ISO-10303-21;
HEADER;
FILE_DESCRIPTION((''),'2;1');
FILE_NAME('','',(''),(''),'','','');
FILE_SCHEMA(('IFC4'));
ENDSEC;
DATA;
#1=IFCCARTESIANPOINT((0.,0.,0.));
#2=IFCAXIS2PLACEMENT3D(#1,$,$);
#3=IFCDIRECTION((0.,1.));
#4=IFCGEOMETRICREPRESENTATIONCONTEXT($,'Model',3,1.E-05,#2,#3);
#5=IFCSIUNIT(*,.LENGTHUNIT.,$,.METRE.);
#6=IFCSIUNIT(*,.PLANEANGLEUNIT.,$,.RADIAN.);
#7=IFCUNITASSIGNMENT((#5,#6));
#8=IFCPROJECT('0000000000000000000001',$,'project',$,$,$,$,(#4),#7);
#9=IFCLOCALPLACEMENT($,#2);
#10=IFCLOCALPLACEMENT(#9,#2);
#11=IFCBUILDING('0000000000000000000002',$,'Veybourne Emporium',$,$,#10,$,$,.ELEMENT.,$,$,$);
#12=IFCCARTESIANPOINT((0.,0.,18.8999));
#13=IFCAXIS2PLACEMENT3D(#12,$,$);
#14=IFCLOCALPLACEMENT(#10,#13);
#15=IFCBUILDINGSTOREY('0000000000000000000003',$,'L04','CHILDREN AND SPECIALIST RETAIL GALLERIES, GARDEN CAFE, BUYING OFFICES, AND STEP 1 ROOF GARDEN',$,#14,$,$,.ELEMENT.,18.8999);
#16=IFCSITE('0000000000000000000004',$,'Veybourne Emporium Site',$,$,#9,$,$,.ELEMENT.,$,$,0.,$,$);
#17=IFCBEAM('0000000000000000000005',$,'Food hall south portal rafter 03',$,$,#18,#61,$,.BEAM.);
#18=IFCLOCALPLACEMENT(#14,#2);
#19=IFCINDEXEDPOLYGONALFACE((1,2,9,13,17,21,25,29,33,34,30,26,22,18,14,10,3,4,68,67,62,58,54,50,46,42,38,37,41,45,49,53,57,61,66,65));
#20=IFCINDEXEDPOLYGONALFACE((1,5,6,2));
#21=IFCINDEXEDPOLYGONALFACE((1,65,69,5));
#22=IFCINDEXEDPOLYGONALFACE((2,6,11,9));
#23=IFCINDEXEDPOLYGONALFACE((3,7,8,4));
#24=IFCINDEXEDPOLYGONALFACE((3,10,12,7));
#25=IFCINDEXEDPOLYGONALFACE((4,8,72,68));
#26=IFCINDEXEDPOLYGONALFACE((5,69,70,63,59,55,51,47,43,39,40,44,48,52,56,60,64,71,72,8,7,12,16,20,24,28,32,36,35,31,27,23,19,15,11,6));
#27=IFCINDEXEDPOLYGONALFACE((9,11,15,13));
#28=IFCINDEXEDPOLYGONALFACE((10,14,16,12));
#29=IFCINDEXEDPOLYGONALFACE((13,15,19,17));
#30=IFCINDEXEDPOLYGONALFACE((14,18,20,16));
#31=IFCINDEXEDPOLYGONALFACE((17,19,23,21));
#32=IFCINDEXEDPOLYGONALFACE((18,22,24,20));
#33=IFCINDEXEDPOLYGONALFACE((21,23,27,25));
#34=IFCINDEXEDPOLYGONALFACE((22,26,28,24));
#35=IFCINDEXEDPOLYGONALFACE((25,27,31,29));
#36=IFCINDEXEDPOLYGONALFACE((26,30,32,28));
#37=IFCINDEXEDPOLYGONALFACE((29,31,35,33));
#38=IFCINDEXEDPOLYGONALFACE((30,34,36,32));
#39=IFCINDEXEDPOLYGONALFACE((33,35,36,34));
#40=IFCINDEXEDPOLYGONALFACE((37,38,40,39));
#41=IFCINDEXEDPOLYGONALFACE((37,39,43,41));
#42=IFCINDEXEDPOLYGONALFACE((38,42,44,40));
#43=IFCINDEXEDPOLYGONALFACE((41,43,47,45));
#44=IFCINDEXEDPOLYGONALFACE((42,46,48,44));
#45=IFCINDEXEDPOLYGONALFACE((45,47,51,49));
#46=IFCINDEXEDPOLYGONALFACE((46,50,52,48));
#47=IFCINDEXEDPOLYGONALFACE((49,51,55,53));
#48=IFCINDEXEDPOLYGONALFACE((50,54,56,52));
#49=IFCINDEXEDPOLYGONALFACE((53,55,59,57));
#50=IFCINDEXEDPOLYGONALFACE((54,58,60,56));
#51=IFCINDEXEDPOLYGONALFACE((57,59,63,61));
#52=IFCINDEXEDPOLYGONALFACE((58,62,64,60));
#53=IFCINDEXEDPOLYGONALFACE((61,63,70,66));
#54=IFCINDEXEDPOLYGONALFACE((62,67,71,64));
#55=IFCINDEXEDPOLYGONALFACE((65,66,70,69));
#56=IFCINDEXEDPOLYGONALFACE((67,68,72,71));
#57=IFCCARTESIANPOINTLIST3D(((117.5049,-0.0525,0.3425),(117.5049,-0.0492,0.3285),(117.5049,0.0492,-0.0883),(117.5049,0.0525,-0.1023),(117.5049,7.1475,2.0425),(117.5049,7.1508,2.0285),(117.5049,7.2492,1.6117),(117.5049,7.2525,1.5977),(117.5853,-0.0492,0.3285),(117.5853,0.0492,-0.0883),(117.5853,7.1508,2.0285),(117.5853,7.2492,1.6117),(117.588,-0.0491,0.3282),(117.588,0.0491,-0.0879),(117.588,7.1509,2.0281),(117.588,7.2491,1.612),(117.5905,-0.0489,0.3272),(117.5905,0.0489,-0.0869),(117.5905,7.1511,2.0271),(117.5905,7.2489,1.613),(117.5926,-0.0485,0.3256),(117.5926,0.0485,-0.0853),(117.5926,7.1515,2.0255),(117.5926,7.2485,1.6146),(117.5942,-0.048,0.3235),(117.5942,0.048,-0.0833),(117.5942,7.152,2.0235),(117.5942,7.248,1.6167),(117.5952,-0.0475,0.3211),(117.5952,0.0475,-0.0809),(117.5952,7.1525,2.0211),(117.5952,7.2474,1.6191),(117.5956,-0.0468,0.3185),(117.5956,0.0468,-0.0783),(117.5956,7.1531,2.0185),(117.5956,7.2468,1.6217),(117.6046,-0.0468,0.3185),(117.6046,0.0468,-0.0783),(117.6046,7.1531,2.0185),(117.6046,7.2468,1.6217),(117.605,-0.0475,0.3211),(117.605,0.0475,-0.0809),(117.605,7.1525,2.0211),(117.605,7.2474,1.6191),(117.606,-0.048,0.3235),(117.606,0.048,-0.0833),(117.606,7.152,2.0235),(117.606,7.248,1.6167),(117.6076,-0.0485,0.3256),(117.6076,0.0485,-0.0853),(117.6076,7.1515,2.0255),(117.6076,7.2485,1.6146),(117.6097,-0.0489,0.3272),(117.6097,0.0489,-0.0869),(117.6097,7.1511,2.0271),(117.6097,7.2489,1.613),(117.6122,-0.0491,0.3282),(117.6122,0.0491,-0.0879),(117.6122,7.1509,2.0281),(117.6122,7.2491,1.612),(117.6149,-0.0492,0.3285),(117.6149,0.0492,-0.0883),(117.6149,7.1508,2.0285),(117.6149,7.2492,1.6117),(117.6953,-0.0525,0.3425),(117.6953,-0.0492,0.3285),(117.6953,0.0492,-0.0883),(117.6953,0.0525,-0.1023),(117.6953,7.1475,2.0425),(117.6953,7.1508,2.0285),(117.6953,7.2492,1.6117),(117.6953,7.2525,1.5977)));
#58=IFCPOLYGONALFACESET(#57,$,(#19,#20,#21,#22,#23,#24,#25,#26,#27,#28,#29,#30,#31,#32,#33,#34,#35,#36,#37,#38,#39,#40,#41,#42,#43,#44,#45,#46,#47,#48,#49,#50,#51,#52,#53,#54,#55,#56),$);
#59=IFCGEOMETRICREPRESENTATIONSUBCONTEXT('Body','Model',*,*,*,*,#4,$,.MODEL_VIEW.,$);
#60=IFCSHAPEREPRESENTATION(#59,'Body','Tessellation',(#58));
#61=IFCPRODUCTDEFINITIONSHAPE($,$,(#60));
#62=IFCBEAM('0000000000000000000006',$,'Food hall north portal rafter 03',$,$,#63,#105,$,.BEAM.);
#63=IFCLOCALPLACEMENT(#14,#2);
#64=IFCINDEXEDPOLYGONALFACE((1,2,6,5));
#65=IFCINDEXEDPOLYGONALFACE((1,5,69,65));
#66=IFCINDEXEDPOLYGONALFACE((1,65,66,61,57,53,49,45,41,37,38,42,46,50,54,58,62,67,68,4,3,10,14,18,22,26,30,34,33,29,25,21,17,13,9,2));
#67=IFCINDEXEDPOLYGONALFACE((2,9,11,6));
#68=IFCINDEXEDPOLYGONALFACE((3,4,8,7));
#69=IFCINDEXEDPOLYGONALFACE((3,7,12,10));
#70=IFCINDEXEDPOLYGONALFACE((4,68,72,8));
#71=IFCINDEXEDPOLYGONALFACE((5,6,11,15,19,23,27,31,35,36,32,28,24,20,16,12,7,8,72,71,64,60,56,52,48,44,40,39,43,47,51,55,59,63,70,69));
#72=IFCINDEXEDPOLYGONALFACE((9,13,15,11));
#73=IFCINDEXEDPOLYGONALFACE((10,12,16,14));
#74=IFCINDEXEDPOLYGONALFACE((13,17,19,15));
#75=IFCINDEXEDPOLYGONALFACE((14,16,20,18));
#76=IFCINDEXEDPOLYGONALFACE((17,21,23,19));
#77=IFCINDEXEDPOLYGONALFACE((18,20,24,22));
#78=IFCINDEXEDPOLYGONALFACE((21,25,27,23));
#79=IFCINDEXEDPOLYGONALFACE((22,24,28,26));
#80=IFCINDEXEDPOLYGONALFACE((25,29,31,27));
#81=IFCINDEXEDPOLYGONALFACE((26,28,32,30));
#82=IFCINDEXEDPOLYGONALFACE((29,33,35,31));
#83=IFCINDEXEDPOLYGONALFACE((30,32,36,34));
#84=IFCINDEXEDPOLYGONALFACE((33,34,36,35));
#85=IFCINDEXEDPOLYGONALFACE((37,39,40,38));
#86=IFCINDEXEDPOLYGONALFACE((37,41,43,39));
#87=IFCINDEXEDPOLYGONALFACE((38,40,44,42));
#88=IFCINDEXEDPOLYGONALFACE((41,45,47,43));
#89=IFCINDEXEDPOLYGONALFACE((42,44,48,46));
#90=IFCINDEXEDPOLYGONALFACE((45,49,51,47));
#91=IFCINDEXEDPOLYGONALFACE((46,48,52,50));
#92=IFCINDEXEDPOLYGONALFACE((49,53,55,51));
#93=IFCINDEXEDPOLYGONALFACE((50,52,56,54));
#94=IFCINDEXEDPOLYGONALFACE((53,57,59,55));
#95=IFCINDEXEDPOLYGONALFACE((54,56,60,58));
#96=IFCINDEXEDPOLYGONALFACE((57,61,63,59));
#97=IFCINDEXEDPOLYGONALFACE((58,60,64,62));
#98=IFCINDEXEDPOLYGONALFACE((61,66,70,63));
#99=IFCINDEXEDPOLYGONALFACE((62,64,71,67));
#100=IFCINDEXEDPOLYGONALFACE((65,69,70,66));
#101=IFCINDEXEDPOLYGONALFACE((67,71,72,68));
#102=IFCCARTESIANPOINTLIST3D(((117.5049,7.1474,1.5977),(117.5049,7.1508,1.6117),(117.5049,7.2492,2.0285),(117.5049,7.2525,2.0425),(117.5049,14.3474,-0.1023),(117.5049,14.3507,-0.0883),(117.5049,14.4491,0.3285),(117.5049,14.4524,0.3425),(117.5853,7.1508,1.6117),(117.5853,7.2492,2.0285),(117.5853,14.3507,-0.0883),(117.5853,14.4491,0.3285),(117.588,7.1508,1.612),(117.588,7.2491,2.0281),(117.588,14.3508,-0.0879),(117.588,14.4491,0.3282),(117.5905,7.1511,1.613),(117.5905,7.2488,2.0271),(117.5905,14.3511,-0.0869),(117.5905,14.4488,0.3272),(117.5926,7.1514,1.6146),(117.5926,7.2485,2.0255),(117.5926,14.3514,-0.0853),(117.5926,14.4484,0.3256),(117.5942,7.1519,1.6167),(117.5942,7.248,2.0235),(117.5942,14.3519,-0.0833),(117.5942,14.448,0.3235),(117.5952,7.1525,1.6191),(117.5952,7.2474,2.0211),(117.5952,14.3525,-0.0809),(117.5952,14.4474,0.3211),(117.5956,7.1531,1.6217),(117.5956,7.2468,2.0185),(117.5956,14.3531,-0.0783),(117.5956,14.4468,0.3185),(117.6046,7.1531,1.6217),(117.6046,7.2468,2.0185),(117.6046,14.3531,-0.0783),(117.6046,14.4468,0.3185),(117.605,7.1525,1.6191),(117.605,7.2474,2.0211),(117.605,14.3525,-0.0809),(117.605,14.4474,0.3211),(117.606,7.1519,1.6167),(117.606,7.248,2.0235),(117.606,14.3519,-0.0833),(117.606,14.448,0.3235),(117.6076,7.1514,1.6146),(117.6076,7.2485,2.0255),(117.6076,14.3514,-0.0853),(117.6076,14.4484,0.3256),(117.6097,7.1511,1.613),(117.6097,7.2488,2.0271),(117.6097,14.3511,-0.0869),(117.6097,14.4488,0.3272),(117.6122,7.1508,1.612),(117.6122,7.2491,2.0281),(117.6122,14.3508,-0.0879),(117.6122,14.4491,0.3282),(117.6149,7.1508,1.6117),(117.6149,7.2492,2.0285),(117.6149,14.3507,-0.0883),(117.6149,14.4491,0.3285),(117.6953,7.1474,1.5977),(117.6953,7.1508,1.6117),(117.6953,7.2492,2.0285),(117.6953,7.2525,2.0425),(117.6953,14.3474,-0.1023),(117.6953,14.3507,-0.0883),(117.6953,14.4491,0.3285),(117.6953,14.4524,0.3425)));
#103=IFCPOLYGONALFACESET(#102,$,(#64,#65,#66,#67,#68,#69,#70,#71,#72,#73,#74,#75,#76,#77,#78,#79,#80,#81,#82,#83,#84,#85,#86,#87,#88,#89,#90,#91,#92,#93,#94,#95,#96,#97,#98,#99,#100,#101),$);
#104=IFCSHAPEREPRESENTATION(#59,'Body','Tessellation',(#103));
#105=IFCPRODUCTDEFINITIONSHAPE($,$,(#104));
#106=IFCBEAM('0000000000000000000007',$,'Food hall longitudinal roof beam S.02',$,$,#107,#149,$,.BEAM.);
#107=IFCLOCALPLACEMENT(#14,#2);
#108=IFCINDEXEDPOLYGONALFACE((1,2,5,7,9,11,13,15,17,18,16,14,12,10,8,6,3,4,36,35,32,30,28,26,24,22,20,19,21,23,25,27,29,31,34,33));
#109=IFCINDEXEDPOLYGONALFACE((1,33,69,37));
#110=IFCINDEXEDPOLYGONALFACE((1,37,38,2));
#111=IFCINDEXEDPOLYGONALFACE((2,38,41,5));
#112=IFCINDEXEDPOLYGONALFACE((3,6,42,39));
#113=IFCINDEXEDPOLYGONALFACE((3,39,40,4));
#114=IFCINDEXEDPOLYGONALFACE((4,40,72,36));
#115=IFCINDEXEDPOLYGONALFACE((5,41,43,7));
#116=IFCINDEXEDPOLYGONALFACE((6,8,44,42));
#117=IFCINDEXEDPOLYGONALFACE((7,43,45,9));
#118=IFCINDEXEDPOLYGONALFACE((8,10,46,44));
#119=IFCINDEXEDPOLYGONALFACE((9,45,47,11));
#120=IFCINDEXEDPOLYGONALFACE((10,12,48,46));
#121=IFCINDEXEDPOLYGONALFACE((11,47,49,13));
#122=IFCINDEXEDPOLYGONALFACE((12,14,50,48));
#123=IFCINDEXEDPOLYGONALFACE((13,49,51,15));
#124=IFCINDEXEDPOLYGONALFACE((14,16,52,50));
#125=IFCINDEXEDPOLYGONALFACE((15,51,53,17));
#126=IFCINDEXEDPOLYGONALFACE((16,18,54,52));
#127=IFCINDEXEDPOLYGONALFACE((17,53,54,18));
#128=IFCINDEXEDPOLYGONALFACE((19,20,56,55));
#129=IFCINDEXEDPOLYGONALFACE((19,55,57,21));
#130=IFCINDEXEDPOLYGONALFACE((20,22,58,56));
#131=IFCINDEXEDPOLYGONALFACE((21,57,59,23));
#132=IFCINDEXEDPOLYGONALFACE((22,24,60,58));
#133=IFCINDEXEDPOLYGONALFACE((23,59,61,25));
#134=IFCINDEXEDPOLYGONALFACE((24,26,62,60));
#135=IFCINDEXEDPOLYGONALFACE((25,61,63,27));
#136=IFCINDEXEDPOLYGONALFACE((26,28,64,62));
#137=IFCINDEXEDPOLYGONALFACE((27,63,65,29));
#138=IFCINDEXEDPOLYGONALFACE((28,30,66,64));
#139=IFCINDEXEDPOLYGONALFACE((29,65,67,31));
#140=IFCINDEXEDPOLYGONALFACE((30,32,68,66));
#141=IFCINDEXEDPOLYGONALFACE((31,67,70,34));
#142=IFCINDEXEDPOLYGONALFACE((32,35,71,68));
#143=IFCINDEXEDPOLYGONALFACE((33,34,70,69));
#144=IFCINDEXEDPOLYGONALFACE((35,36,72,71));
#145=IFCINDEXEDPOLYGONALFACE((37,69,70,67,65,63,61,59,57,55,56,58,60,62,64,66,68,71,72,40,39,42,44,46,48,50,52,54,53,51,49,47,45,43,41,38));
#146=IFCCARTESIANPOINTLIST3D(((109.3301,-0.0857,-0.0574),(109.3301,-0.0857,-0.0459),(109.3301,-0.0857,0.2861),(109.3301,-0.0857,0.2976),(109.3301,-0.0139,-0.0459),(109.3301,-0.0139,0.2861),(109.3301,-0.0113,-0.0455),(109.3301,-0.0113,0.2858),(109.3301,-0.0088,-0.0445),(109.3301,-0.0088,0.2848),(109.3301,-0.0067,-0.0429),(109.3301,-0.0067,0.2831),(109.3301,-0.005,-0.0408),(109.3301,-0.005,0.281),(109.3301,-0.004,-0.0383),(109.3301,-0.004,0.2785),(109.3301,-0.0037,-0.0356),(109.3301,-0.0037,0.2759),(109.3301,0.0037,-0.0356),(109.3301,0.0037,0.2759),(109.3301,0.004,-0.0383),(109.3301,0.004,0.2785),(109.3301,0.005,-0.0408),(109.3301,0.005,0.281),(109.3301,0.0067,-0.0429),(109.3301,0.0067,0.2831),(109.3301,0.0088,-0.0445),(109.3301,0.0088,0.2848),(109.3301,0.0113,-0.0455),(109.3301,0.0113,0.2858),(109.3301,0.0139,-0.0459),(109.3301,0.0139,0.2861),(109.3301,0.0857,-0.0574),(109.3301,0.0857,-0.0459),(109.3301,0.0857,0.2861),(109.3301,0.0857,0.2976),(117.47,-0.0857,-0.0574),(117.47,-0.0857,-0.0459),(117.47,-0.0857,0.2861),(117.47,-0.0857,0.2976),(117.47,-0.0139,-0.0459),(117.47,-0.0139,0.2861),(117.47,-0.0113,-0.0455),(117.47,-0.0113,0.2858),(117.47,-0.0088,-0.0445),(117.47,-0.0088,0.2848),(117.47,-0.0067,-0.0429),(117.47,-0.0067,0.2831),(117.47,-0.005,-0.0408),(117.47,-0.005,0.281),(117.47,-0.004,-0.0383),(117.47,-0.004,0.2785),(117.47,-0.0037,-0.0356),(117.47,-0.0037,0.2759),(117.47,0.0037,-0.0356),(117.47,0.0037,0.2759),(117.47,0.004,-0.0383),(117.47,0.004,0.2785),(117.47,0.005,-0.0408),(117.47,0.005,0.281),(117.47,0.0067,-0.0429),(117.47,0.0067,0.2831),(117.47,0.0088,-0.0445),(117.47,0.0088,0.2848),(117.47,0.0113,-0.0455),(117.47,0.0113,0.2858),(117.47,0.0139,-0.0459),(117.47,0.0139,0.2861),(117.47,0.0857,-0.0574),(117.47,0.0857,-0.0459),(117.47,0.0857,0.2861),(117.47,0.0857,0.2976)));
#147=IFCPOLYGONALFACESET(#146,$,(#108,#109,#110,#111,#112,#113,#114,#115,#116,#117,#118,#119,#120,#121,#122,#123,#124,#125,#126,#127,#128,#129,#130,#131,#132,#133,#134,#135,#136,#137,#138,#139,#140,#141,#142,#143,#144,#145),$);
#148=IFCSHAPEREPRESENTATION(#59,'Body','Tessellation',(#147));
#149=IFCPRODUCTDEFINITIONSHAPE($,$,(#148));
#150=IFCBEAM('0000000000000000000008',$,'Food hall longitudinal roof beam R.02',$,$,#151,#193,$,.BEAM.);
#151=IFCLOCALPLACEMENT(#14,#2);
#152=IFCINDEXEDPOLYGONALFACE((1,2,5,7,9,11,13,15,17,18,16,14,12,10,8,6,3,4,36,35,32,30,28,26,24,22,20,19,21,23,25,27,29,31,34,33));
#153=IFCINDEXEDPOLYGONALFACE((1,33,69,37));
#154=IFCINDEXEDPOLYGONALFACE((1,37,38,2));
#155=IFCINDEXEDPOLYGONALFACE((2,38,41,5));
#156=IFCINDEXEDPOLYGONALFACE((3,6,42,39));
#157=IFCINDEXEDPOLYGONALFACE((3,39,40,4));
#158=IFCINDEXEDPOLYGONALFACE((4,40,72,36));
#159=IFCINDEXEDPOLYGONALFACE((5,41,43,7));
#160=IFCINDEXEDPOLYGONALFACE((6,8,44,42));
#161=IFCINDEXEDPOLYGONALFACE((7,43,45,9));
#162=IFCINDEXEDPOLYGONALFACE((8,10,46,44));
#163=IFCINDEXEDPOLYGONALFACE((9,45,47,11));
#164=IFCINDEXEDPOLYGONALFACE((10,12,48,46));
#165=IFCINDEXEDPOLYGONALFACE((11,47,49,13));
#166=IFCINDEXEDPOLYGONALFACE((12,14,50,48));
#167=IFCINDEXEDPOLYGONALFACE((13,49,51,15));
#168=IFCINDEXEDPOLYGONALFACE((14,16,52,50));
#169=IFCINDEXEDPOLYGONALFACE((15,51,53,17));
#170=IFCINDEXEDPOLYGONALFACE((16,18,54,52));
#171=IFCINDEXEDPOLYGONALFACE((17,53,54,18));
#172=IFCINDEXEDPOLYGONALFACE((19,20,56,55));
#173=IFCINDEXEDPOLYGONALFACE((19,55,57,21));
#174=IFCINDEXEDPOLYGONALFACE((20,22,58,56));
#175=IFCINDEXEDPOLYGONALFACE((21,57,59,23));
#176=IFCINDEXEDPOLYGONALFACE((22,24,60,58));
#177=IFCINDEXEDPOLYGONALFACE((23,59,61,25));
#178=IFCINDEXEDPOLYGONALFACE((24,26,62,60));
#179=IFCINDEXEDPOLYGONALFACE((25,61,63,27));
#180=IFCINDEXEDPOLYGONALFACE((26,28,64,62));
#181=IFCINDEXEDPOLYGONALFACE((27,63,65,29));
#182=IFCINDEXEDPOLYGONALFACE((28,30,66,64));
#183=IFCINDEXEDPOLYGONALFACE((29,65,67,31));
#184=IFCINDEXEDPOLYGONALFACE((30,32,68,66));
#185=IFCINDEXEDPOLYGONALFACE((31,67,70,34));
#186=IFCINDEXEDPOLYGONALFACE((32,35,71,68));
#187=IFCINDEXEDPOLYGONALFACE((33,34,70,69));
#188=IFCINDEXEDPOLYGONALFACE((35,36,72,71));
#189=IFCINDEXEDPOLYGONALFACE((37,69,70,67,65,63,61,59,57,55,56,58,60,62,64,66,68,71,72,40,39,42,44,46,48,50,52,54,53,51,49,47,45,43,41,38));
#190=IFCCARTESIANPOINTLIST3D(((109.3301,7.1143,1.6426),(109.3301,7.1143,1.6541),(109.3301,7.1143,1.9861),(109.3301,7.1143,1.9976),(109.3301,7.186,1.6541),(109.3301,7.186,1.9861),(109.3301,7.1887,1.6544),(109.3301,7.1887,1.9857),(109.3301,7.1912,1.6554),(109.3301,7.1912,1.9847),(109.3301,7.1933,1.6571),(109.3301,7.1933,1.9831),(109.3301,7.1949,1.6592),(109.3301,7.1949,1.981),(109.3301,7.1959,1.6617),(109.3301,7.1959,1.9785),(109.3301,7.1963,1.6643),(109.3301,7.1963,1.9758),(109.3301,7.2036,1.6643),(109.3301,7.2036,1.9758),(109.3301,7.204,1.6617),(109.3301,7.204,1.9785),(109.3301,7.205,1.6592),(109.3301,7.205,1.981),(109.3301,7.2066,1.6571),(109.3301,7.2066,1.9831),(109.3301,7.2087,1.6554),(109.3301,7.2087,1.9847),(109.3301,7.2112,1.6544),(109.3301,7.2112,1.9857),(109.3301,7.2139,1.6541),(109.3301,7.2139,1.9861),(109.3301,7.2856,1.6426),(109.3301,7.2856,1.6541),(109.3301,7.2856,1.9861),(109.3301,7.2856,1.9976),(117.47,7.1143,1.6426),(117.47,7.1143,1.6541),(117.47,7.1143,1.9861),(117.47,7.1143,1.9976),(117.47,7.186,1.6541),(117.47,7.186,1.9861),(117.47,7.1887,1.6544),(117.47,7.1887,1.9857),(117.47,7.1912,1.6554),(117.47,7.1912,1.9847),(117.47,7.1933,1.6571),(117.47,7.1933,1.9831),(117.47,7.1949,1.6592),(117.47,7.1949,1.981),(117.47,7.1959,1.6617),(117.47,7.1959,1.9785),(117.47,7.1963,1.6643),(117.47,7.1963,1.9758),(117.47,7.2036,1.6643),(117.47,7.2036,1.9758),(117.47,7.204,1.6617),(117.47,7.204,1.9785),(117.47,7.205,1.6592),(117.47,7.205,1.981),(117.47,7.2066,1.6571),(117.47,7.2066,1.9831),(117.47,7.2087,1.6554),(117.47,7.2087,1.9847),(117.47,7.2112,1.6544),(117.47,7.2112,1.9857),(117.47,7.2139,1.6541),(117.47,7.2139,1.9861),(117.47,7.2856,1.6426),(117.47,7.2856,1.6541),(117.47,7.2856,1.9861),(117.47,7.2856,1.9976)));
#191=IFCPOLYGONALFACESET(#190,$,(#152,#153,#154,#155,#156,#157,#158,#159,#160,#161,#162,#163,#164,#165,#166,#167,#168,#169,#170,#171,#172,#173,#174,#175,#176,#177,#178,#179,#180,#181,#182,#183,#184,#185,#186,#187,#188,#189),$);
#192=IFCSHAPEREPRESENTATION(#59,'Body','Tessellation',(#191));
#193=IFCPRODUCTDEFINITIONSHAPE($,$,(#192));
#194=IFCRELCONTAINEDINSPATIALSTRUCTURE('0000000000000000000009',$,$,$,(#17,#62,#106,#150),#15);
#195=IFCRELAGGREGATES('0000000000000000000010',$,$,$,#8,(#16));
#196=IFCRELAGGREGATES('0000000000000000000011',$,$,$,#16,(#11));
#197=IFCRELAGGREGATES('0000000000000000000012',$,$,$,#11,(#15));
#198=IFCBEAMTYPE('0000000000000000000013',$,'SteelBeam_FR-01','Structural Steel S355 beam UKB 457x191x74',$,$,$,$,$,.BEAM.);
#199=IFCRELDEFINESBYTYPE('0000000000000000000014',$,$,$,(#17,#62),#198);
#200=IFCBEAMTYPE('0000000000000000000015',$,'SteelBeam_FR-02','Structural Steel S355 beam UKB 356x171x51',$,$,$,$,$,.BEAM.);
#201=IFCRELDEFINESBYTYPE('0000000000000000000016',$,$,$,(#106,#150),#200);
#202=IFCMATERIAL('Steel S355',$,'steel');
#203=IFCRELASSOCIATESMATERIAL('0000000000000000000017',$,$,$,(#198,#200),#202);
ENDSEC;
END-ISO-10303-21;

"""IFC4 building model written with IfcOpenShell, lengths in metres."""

from ifc_helpers import new_model, si_unit, direction, frame, origin, origin_2d, place, context, subcontext, project, spatial, i_section, extrude, material, material_profile, profile_set, type_object, element, save


model = new_model("IFC4")

# Units and contexts
model_context = context("Model", 3, precision=1e-05, world=origin(), true_north=direction((0.0, 1.0)))
body_context = subcontext(model_context, "Body", "Model", "MODEL_VIEW")
ifc_project = project(units=[si_unit("LENGTHUNIT", "METRE"), si_unit("PLANEANGLEUNIT", "RADIAN")], contexts=[model_context])

# Site, building, storey
site_placement = place(None, origin())
site = spatial("IfcSite", under=ifc_project, at=site_placement, Name="Veybourne Emporium Site", CompositionType="ELEMENT", RefElevation=0.0)
building_placement = place(site_placement, origin())
building = spatial("IfcBuilding", under=site, at=building_placement, Name="Veybourne Emporium", CompositionType="ELEMENT")
storey_placement = place(building_placement, frame((0.0, 0.0, 18.8999)))
storey = spatial("IfcBuildingStorey", under=building, at=storey_placement, Name="L04", Description="CHILDREN AND SPECIALIST RETAIL GALLERIES, GARDEN CAFE, BUYING OFFICES, AND STEP 1 ROOF GARDEN", CompositionType="ELEMENT", Elevation=18.8999)

# Beams
ifc_material_1 = material(Name="Steel S355", Category="steel")
ifc_material_profile_1 = material_profile(ifc_material_1, i_section(OverallWidth=0.1904, OverallDepth=0.457, WebThickness=0.009, FlangeThickness=0.0144, FilletRadius=0.0103, at=origin_2d()), Name="UKB 457x191x74")
ifc_profile_set_1 = profile_set([ifc_material_profile_1], Name="Steel S355")
beam_type_1 = type_object("IfcBeamType", Name="SteelBeam_FR-01", Description="Structural Steel S355 beam UKB 457x191x74", PredefinedType="BEAM", material=ifc_profile_set_1)
for number, where, z_axis, x_axis, name in (
    (1, (117.6001, 0.0, 0.1201), (0.0, 0.973241, 0.229788), (-1.0, 0.0, 0.0), "Food hall south portal rafter 03"),
    (2, (117.6001, 7.2, 1.8201), (0.0, 0.973241, -0.229788), (-1.0, 0.0, 0.0), "Food hall north portal rafter 03"),
):
    element("IfcBeam", number, at=place(storey_placement, frame(where, z_axis=z_axis, x_axis=x_axis)), inside=storey, type_object=beam_type_1, Name=name, PredefinedType="BEAM", context=body_context, shape_type="SweptSolid", body=[
        extrude(i_section(OverallWidth=0.1904, OverallDepth=0.457, WebThickness=0.009, FlangeThickness=0.0144, FilletRadius=0.0103, at=origin_2d()), origin(), (0.0, 0.0, 1.0), 7.3979),
    ])
ifc_material_profile_2 = material_profile(ifc_material_1, i_section(OverallWidth=0.1714, OverallDepth=0.355, WebThickness=0.0073, FlangeThickness=0.0115, FilletRadius=0.0103, at=origin_2d()), Name="UKB 356x171x51")
ifc_profile_set_2 = profile_set([ifc_material_profile_2], Name="Steel S355")
beam_type_2 = type_object("IfcBeamType", Name="SteelBeam_FR-02", Description="Structural Steel S355 beam UKB 356x171x51", PredefinedType="BEAM", material=ifc_profile_set_2)
for number, where, z_axis, x_axis, name in (
    (3, (109.3301, 0.0, 0.1201), (1.0, 0.0, 0.0), (0.0, 1.0, 0.0), "Food hall longitudinal roof beam S.02"),
    (4, (109.3301, 7.2, 1.8201), (1.0, 0.0, 0.0), (0.0, 1.0, 0.0), "Food hall longitudinal roof beam R.02"),
):
    element("IfcBeam", number, at=place(storey_placement, frame(where, z_axis=z_axis, x_axis=x_axis)), inside=storey, type_object=beam_type_2, Name=name, PredefinedType="BEAM", context=body_context, shape_type="SweptSolid", body=[
        extrude(i_section(OverallWidth=0.1714, OverallDepth=0.355, WebThickness=0.0073, FlangeThickness=0.0115, FilletRadius=0.0103, at=origin_2d()), origin(), (0.0, 0.0, 1.0), 8.1399),
    ])

save(model, "model.ifc")
